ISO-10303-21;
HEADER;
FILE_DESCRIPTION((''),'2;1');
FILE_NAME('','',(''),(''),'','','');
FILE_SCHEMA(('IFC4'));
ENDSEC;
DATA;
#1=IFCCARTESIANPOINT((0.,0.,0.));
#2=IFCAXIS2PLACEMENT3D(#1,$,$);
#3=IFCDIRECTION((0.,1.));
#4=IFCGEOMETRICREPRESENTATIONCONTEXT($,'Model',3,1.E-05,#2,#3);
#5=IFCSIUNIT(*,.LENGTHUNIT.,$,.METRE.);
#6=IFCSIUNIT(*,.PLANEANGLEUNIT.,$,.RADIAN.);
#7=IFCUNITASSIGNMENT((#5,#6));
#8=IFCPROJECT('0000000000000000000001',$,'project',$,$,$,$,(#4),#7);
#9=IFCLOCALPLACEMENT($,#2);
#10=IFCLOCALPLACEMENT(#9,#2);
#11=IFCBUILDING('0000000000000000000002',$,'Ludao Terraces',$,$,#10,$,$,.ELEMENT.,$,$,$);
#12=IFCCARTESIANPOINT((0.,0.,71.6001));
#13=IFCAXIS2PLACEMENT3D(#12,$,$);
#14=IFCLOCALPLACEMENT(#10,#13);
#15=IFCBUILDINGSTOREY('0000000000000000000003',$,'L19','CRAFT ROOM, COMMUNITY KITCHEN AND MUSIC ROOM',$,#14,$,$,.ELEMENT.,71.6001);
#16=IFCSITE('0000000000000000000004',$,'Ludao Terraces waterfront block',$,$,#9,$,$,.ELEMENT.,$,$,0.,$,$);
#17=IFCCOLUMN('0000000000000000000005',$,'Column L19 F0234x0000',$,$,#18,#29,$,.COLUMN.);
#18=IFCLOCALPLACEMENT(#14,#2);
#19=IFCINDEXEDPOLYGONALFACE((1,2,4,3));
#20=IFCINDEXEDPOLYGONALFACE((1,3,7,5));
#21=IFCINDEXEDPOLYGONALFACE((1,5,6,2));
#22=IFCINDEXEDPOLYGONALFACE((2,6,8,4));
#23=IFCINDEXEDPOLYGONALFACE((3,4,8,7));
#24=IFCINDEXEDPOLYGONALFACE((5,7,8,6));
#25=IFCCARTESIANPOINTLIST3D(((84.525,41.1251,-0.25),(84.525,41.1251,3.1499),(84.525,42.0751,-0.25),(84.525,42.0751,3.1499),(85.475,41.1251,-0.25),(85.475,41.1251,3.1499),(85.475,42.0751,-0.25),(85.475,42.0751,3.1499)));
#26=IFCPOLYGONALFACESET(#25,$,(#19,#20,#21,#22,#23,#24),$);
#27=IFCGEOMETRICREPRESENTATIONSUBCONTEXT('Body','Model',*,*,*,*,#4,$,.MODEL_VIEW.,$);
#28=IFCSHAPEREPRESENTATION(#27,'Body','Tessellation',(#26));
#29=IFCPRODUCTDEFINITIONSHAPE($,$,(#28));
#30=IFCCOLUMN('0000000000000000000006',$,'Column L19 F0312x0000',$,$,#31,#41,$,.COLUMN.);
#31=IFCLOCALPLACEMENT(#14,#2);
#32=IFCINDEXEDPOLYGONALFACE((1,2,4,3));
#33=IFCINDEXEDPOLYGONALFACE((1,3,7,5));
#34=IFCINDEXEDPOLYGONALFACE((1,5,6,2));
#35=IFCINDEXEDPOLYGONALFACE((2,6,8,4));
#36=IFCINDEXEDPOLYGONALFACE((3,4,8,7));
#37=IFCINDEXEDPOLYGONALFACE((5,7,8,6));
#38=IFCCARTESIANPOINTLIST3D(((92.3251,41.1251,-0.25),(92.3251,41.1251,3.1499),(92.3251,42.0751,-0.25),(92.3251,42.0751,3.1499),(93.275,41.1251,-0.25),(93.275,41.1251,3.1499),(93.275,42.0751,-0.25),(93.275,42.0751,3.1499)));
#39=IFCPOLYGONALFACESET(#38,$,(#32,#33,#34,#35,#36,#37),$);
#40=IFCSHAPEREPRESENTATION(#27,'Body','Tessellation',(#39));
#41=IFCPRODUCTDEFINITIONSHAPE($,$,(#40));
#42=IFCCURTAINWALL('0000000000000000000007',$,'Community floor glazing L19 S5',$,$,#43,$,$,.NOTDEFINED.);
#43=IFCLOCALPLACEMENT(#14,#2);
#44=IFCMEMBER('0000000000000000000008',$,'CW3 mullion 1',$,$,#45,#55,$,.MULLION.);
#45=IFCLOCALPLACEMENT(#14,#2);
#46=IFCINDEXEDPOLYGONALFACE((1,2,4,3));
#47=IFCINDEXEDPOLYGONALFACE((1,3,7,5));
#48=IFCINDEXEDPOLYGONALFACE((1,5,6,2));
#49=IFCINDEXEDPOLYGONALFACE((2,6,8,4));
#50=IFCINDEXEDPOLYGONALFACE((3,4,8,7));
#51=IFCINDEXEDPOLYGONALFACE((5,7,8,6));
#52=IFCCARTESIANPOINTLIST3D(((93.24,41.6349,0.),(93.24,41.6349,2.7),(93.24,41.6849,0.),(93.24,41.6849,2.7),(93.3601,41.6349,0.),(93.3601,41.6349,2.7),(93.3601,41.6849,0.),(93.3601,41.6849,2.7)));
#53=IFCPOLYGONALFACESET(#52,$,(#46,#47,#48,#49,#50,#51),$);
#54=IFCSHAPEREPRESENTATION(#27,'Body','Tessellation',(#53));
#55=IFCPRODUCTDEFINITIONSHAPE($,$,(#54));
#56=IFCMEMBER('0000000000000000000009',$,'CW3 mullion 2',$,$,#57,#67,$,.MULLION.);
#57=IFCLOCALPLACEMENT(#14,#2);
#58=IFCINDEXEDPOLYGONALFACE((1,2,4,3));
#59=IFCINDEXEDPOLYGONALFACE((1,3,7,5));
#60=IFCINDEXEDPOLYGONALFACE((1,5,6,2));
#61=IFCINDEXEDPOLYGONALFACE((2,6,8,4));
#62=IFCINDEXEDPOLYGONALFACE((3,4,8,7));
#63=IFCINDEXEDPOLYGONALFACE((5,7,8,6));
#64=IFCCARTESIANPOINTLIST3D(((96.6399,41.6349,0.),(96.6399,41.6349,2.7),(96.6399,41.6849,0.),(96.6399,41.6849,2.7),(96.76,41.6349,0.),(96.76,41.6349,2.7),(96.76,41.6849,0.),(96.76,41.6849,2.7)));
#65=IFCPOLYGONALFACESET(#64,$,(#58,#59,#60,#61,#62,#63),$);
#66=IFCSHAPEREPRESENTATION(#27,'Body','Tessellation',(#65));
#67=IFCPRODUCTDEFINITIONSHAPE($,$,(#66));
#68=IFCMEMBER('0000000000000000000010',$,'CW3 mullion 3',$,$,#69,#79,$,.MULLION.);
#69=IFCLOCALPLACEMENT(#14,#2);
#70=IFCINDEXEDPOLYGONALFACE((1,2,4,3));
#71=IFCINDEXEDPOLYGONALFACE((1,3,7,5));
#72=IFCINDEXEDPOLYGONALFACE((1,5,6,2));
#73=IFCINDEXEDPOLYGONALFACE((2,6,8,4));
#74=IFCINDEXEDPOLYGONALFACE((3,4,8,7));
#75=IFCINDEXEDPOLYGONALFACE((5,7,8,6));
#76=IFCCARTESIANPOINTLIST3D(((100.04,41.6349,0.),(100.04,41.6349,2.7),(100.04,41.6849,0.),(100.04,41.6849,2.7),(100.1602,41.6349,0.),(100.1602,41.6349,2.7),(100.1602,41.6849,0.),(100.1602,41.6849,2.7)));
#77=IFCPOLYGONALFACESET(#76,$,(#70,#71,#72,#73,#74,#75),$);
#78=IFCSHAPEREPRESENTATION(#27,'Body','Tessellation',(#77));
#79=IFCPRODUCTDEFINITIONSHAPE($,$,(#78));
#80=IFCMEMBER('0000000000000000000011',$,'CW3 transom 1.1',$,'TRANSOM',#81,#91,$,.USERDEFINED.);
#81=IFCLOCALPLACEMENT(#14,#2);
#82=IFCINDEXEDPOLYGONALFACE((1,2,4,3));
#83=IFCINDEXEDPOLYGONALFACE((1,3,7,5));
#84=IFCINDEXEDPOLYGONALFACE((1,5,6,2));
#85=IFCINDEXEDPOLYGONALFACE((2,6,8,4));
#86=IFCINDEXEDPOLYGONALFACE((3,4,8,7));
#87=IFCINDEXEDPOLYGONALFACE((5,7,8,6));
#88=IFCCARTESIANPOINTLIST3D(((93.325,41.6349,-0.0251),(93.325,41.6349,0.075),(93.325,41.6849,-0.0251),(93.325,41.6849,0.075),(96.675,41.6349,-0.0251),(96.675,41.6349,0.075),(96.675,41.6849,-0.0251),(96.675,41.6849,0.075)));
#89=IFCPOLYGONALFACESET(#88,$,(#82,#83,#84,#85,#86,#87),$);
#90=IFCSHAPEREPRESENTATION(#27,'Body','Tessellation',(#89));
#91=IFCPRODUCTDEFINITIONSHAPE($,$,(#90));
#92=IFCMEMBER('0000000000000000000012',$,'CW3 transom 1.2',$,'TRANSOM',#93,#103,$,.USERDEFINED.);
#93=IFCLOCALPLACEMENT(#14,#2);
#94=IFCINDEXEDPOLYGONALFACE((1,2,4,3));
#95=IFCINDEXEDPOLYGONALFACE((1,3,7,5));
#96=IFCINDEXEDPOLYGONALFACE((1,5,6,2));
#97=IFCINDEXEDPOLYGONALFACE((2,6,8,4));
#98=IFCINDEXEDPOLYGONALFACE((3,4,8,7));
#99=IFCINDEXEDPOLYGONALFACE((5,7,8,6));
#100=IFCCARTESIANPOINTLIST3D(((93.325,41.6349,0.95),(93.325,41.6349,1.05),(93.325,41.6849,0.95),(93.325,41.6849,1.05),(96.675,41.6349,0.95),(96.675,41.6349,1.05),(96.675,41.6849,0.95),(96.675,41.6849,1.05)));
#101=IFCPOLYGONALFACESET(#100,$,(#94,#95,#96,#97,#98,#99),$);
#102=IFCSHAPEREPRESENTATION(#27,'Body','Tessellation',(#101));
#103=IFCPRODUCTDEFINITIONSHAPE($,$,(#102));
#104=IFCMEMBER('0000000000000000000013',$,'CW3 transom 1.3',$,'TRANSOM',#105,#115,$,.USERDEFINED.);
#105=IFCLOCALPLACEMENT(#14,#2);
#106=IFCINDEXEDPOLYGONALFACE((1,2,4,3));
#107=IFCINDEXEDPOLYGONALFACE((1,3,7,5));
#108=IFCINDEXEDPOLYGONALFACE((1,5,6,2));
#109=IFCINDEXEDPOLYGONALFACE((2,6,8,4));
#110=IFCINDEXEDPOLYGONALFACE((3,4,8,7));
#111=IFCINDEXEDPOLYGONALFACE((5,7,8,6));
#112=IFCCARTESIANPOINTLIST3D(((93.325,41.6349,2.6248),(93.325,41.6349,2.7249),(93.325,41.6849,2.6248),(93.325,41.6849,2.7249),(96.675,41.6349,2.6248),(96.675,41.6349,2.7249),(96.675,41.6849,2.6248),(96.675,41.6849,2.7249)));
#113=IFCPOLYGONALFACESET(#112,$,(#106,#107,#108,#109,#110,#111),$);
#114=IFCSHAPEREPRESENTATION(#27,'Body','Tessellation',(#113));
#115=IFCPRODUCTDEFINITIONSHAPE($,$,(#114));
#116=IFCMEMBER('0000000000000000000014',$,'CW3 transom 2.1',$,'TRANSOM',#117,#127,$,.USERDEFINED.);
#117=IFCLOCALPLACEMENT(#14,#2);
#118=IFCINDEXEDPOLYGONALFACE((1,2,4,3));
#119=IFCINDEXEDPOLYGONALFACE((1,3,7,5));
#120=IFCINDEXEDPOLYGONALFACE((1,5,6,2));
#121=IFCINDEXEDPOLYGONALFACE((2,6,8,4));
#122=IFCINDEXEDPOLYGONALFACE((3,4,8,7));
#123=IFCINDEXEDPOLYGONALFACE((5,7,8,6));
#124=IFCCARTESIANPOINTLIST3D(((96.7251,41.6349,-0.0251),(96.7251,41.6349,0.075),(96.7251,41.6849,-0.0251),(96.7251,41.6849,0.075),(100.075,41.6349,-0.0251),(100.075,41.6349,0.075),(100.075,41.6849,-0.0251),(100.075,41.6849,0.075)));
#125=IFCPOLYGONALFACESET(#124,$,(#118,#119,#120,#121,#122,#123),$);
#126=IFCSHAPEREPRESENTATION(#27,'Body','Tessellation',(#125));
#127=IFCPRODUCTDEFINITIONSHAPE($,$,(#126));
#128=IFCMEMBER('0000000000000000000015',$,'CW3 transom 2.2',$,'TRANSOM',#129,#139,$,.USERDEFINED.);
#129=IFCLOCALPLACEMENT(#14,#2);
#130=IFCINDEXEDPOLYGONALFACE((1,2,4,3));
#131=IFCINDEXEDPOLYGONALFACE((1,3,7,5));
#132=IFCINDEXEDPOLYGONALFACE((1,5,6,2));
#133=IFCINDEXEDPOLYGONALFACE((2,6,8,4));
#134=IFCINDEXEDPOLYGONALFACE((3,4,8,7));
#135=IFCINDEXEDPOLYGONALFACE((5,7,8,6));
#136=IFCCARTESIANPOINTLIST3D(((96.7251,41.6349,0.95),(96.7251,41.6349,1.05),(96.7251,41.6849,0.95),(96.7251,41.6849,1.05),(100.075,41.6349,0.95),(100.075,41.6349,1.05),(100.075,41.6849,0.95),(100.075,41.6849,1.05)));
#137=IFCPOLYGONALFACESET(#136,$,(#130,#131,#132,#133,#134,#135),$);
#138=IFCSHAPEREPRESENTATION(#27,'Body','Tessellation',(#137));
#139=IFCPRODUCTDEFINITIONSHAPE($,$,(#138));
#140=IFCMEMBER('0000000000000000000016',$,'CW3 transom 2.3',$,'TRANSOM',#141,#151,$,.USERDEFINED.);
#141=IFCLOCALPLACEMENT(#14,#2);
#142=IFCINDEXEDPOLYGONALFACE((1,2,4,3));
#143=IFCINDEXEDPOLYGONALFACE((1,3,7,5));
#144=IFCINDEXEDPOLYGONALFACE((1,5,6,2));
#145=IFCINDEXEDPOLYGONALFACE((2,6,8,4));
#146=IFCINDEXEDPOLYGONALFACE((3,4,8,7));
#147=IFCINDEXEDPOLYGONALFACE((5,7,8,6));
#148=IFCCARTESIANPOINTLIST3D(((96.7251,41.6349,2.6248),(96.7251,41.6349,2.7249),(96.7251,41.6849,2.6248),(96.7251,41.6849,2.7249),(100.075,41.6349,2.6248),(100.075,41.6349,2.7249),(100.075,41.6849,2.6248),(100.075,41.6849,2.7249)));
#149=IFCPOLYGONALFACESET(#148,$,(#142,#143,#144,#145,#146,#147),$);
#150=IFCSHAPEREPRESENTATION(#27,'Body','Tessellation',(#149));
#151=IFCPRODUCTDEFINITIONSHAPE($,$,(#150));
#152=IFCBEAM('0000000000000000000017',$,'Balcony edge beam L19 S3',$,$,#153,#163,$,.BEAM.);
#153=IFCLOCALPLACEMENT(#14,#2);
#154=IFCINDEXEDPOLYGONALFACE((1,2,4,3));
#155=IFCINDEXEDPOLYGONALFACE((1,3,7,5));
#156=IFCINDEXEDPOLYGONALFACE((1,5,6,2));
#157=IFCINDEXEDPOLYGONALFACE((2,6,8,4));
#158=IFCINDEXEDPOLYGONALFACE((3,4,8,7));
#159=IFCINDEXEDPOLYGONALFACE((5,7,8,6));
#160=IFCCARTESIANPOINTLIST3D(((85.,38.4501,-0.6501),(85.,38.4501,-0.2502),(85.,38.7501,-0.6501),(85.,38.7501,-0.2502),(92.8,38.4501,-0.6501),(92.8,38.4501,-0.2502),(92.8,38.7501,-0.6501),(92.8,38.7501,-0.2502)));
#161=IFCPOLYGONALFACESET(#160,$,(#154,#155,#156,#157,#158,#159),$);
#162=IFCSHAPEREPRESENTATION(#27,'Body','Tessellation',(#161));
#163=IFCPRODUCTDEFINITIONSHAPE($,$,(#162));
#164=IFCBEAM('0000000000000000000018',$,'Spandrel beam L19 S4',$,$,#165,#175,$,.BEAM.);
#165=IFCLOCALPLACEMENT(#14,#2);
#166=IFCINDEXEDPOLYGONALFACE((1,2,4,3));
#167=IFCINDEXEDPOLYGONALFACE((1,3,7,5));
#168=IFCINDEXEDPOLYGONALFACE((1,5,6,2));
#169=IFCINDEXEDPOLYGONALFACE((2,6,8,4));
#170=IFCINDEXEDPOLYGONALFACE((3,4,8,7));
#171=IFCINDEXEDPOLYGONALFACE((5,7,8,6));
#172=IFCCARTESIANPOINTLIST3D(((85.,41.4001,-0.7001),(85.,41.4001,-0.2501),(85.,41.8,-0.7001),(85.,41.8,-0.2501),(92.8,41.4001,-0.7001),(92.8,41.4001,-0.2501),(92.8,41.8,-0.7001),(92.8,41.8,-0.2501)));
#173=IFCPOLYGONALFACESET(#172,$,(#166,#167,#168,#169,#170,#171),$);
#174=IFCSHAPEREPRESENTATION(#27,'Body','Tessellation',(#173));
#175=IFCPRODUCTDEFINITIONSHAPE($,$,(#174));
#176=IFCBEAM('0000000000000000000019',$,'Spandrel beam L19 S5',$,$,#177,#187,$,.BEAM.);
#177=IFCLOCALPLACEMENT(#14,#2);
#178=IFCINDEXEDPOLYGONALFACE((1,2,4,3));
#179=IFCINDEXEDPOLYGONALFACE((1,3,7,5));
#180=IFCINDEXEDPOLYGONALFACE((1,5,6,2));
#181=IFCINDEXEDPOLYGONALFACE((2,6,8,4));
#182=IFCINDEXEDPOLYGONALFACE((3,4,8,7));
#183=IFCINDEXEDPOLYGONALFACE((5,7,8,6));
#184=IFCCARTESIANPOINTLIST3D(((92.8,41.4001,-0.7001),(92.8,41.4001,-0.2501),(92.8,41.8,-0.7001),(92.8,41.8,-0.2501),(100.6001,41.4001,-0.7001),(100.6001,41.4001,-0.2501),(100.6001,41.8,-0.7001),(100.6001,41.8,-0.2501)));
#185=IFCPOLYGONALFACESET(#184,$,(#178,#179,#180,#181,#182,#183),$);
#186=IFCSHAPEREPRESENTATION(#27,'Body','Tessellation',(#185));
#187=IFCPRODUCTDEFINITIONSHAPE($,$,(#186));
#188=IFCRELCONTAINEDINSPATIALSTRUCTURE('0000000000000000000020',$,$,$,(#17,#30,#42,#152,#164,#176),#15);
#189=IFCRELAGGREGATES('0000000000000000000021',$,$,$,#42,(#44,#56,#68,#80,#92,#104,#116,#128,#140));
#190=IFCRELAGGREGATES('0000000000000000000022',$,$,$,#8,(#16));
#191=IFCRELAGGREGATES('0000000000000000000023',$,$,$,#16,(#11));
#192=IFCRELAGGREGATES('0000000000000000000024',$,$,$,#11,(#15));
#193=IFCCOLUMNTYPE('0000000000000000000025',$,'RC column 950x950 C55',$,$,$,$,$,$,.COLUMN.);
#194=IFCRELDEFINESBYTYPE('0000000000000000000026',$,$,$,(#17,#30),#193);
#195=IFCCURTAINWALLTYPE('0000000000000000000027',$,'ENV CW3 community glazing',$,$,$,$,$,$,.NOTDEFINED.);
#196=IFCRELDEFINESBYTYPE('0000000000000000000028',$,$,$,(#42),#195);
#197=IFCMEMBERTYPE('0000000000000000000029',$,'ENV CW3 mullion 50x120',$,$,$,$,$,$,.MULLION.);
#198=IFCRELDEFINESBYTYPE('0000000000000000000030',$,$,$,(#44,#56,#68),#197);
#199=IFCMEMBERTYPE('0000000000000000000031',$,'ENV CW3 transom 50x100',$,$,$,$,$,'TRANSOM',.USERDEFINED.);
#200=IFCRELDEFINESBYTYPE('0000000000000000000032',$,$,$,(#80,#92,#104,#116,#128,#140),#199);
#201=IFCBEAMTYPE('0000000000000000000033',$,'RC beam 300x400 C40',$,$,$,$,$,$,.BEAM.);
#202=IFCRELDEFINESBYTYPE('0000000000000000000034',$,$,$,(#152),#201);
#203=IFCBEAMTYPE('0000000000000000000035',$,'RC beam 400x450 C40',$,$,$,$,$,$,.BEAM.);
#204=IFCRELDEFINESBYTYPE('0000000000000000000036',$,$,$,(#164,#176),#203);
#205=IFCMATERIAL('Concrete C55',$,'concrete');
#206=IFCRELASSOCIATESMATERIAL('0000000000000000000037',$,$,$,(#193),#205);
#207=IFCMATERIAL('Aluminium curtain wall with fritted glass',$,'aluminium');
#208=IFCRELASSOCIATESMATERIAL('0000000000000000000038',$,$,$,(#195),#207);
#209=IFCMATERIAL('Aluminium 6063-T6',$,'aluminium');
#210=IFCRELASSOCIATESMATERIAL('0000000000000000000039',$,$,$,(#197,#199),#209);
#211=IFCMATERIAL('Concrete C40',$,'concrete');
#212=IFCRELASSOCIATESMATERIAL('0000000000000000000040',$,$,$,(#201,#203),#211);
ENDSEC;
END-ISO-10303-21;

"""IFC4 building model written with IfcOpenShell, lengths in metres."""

from ifc_helpers import new_model, si_unit, direction, frame, origin, origin_2d, place, context, subcontext, project, spatial, rectangle, extrude, material, material_profile, profile_set, type_object, element, aggregate, save


model = new_model("IFC4")

# Units and contexts
model_context = context("Model", 3, precision=1e-05, world=origin(), true_north=direction((0.0, 1.0)))
body_context = subcontext(model_context, "Body", "Model", "MODEL_VIEW")
ifc_project = project(units=[si_unit("LENGTHUNIT", "METRE"), si_unit("PLANEANGLEUNIT", "RADIAN")], contexts=[model_context])

# Site, building, storey
site_placement = place(None, origin())
site = spatial("IfcSite", under=ifc_project, at=site_placement, Name="Ludao Terraces waterfront block", CompositionType="ELEMENT", RefElevation=0.0)
building_placement = place(site_placement, origin())
building = spatial("IfcBuilding", under=site, at=building_placement, Name="Ludao Terraces", CompositionType="ELEMENT")
storey_placement = place(building_placement, frame((0.0, 0.0, 71.6001)))
storey = spatial("IfcBuildingStorey", under=building, at=storey_placement, Name="L19", Description="CRAFT ROOM, COMMUNITY KITCHEN AND MUSIC ROOM", CompositionType="ELEMENT", Elevation=71.6001)

# Columns
ifc_material_1 = material(Name="Concrete C55", Category="concrete")
ifc_material_profile_1 = material_profile(ifc_material_1, rectangle(XDim=0.95, YDim=0.95, at=origin_2d()), Name="950 X 950")
ifc_profile_set_1 = profile_set([ifc_material_profile_1], Name="Concrete C55")
column_type = type_object("IfcColumnType", Name="RC column 950x950 C55", PredefinedType="COLUMN", material=ifc_profile_set_1)
for number, where, z_axis, x_axis, name in (
    (1, (85.0, 41.6001, -0.25), (0.0, 0.0, 1.0), (1.0, 0.0, 0.0), "Column L19 F0234x0000"),
    (2, (92.8, 41.6001, -0.25), (0.0, 0.0, 1.0), (1.0, 0.0, 0.0), "Column L19 F0312x0000"),
):
    element("IfcColumn", number, at=place(storey_placement, frame(where, z_axis=z_axis, x_axis=x_axis)), inside=storey, type_object=column_type, Name=name, PredefinedType="COLUMN", context=body_context, shape_type="SweptSolid", body=[
        extrude(rectangle(XDim=0.95, YDim=0.95, at=origin_2d()), origin(), (0.0, 0.0, 1.0), 3.3999),
    ])

# Curtain wall, members
ifc_material_2 = material(Name="Aluminium curtain wall with fritted glass", Category="aluminium")
curtain_wall_type = type_object("IfcCurtainWallType", Name="ENV CW3 community glazing", PredefinedType="NOTDEFINED", material=ifc_material_2)
curtain_wall_placement = place(storey_placement, origin())
curtain_wall = element("IfcCurtainWall", 3, at=curtain_wall_placement, inside=storey, type_object=curtain_wall_type, Name="Community floor glazing L19 S5", PredefinedType="NOTDEFINED")
ifc_material_3 = material(Name="Aluminium 6063-T6", Category="aluminium")
ifc_material_profile_2 = material_profile(ifc_material_3, rectangle(XDim=0.05, YDim=0.1201, at=origin_2d()), Name="50 X 120")
ifc_profile_set_2 = profile_set([ifc_material_profile_2], Name="Aluminium 6063-T6")
member_type_1 = type_object("IfcMemberType", Name="ENV CW3 mullion 50x120", PredefinedType="MULLION", material=ifc_profile_set_2)
member_1_placement = place(storey_placement, frame((93.3, 41.6599, 0.0), z_axis=(0.0, 0.0, 1.0), x_axis=(0.0, 1.0, 0.0)))
member_1 = element("IfcMember", 4, at=member_1_placement, type_object=member_type_1, Name="CW3 mullion 1", PredefinedType="MULLION", context=body_context, shape_type="SweptSolid", body=[
    extrude(rectangle(XDim=0.05, YDim=0.1201, at=origin_2d()), origin(), (0.0, 0.0, 1.0), 2.7),
])
member_2_placement = place(storey_placement, frame((96.7, 41.6599, 0.0), z_axis=(0.0, 0.0, 1.0), x_axis=(0.0, 1.0, 0.0)))
member_2 = element("IfcMember", 5, at=member_2_placement, type_object=member_type_1, Name="CW3 mullion 2", PredefinedType="MULLION", context=body_context, shape_type="SweptSolid", body=[
    extrude(rectangle(XDim=0.05, YDim=0.1201, at=origin_2d()), origin(), (0.0, 0.0, 1.0), 2.7),
])
member_3_placement = place(storey_placement, frame((100.1001, 41.6599, 0.0), z_axis=(0.0, 0.0, 1.0), x_axis=(0.0, 1.0, 0.0)))
member_3 = element("IfcMember", 6, at=member_3_placement, type_object=member_type_1, Name="CW3 mullion 3", PredefinedType="MULLION", context=body_context, shape_type="SweptSolid", body=[
    extrude(rectangle(XDim=0.05, YDim=0.1201, at=origin_2d()), origin(), (0.0, 0.0, 1.0), 2.7),
])
ifc_material_profile_3 = material_profile(ifc_material_3, rectangle(XDim=0.05, YDim=0.1001, at=origin_2d()), Name="50 X 100")
ifc_profile_set_3 = profile_set([ifc_material_profile_3], Name="Aluminium 6063-T6")
member_type_2 = type_object("IfcMemberType", Name="ENV CW3 transom 50x100", ElementType="TRANSOM", PredefinedType="USERDEFINED", material=ifc_profile_set_3)
member_4_placement = place(storey_placement, frame((93.325, 41.6599, 0.0249), z_axis=(1.0, 0.0, 0.0), x_axis=(0.0, 1.0, 0.0)))
member_4 = element("IfcMember", 7, at=member_4_placement, type_object=member_type_2, Name="CW3 transom 1.1", ObjectType="TRANSOM", PredefinedType="USERDEFINED", context=body_context, shape_type="SweptSolid", body=[
    extrude(rectangle(XDim=0.05, YDim=0.1001, at=origin_2d()), origin(), (0.0, 0.0, 1.0), 3.3501),
])
member_5_placement = place(storey_placement, frame((93.325, 41.6599, 1.0), z_axis=(1.0, 0.0, 0.0), x_axis=(0.0, 1.0, 0.0)))
member_5 = element("IfcMember", 8, at=member_5_placement, type_object=member_type_2, Name="CW3 transom 1.2", ObjectType="TRANSOM", PredefinedType="USERDEFINED", context=body_context, shape_type="SweptSolid", body=[
    extrude(rectangle(XDim=0.05, YDim=0.1001, at=origin_2d()), origin(), (0.0, 0.0, 1.0), 3.3501),
])
member_6_placement = place(storey_placement, frame((93.325, 41.6599, 2.6748), z_axis=(1.0, 0.0, 0.0), x_axis=(0.0, 1.0, 0.0)))
member_6 = element("IfcMember", 9, at=member_6_placement, type_object=member_type_2, Name="CW3 transom 1.3", ObjectType="TRANSOM", PredefinedType="USERDEFINED", context=body_context, shape_type="SweptSolid", body=[
    extrude(rectangle(XDim=0.05, YDim=0.1001, at=origin_2d()), origin(), (0.0, 0.0, 1.0), 3.3501),
])
member_7_placement = place(storey_placement, frame((96.7251, 41.6599, 0.0249), z_axis=(1.0, 0.0, 0.0), x_axis=(0.0, 1.0, 0.0)))
member_7 = element("IfcMember", 10, at=member_7_placement, type_object=member_type_2, Name="CW3 transom 2.1", ObjectType="TRANSOM", PredefinedType="USERDEFINED", context=body_context, shape_type="SweptSolid", body=[
    extrude(rectangle(XDim=0.05, YDim=0.1001, at=origin_2d()), origin(), (0.0, 0.0, 1.0), 3.3499),
])
member_8_placement = place(storey_placement, frame((96.7251, 41.6599, 1.0), z_axis=(1.0, 0.0, 0.0), x_axis=(0.0, 1.0, 0.0)))
member_8 = element("IfcMember", 11, at=member_8_placement, type_object=member_type_2, Name="CW3 transom 2.2", ObjectType="TRANSOM", PredefinedType="USERDEFINED", context=body_context, shape_type="SweptSolid", body=[
    extrude(rectangle(XDim=0.05, YDim=0.1001, at=origin_2d()), origin(), (0.0, 0.0, 1.0), 3.3499),
])
member_9_placement = place(storey_placement, frame((96.7251, 41.6599, 2.6748), z_axis=(1.0, 0.0, 0.0), x_axis=(0.0, 1.0, 0.0)))
member_9 = element("IfcMember", 12, at=member_9_placement, type_object=member_type_2, Name="CW3 transom 2.3", ObjectType="TRANSOM", PredefinedType="USERDEFINED", context=body_context, shape_type="SweptSolid", body=[
    extrude(rectangle(XDim=0.05, YDim=0.1001, at=origin_2d()), origin(), (0.0, 0.0, 1.0), 3.3499),
])

# Beams
ifc_material_4 = material(Name="Concrete C40", Category="concrete")
ifc_material_profile_4 = material_profile(ifc_material_4, rectangle(XDim=0.3, YDim=0.3999, at=origin_2d()), Name="300 X 400")
ifc_profile_set_4 = profile_set([ifc_material_profile_4], Name="Concrete C40")
beam_type_1 = type_object("IfcBeamType", Name="RC beam 300x400 C40", PredefinedType="BEAM", material=ifc_profile_set_4)
beam_1_placement = place(storey_placement, frame((85.0, 38.6001, -0.4502), z_axis=(1.0, 0.0, 0.0), x_axis=(0.0, 1.0, 0.0)))
element("IfcBeam", 13, at=beam_1_placement, inside=storey, type_object=beam_type_1, Name="Balcony edge beam L19 S3", PredefinedType="BEAM", context=body_context, shape_type="SweptSolid", body=[
    extrude(rectangle(XDim=0.3, YDim=0.3999, at=origin_2d()), origin(), (0.0, 0.0, 1.0), 7.8),
])
ifc_material_profile_5 = material_profile(ifc_material_4, rectangle(XDim=0.3999, YDim=0.45, at=origin_2d()), Name="400 X 450")
ifc_profile_set_5 = profile_set([ifc_material_profile_5], Name="Concrete C40")
beam_type_2 = type_object("IfcBeamType", Name="RC beam 400x450 C40", PredefinedType="BEAM", material=ifc_profile_set_5)
for number, where, z_axis, x_axis, name in (
    (14, (85.0, 41.6001, -0.4751), (1.0, 0.0, 0.0), (0.0, 1.0, 0.0), "Spandrel beam L19 S4"),
    (15, (92.8, 41.6001, -0.4751), (1.0, 0.0, 0.0), (0.0, 1.0, 0.0), "Spandrel beam L19 S5"),
):
    element("IfcBeam", number, at=place(storey_placement, frame(where, z_axis=z_axis, x_axis=x_axis)), inside=storey, type_object=beam_type_2, Name=name, PredefinedType="BEAM", context=body_context, shape_type="SweptSolid", body=[
        extrude(rectangle(XDim=0.3999, YDim=0.45, at=origin_2d()), origin(), (0.0, 0.0, 1.0), 7.8),
    ])

aggregate(curtain_wall, [member_1, member_2, member_3, member_4, member_5, member_6, member_7, member_8, member_9])

save(model, "model.ifc")
